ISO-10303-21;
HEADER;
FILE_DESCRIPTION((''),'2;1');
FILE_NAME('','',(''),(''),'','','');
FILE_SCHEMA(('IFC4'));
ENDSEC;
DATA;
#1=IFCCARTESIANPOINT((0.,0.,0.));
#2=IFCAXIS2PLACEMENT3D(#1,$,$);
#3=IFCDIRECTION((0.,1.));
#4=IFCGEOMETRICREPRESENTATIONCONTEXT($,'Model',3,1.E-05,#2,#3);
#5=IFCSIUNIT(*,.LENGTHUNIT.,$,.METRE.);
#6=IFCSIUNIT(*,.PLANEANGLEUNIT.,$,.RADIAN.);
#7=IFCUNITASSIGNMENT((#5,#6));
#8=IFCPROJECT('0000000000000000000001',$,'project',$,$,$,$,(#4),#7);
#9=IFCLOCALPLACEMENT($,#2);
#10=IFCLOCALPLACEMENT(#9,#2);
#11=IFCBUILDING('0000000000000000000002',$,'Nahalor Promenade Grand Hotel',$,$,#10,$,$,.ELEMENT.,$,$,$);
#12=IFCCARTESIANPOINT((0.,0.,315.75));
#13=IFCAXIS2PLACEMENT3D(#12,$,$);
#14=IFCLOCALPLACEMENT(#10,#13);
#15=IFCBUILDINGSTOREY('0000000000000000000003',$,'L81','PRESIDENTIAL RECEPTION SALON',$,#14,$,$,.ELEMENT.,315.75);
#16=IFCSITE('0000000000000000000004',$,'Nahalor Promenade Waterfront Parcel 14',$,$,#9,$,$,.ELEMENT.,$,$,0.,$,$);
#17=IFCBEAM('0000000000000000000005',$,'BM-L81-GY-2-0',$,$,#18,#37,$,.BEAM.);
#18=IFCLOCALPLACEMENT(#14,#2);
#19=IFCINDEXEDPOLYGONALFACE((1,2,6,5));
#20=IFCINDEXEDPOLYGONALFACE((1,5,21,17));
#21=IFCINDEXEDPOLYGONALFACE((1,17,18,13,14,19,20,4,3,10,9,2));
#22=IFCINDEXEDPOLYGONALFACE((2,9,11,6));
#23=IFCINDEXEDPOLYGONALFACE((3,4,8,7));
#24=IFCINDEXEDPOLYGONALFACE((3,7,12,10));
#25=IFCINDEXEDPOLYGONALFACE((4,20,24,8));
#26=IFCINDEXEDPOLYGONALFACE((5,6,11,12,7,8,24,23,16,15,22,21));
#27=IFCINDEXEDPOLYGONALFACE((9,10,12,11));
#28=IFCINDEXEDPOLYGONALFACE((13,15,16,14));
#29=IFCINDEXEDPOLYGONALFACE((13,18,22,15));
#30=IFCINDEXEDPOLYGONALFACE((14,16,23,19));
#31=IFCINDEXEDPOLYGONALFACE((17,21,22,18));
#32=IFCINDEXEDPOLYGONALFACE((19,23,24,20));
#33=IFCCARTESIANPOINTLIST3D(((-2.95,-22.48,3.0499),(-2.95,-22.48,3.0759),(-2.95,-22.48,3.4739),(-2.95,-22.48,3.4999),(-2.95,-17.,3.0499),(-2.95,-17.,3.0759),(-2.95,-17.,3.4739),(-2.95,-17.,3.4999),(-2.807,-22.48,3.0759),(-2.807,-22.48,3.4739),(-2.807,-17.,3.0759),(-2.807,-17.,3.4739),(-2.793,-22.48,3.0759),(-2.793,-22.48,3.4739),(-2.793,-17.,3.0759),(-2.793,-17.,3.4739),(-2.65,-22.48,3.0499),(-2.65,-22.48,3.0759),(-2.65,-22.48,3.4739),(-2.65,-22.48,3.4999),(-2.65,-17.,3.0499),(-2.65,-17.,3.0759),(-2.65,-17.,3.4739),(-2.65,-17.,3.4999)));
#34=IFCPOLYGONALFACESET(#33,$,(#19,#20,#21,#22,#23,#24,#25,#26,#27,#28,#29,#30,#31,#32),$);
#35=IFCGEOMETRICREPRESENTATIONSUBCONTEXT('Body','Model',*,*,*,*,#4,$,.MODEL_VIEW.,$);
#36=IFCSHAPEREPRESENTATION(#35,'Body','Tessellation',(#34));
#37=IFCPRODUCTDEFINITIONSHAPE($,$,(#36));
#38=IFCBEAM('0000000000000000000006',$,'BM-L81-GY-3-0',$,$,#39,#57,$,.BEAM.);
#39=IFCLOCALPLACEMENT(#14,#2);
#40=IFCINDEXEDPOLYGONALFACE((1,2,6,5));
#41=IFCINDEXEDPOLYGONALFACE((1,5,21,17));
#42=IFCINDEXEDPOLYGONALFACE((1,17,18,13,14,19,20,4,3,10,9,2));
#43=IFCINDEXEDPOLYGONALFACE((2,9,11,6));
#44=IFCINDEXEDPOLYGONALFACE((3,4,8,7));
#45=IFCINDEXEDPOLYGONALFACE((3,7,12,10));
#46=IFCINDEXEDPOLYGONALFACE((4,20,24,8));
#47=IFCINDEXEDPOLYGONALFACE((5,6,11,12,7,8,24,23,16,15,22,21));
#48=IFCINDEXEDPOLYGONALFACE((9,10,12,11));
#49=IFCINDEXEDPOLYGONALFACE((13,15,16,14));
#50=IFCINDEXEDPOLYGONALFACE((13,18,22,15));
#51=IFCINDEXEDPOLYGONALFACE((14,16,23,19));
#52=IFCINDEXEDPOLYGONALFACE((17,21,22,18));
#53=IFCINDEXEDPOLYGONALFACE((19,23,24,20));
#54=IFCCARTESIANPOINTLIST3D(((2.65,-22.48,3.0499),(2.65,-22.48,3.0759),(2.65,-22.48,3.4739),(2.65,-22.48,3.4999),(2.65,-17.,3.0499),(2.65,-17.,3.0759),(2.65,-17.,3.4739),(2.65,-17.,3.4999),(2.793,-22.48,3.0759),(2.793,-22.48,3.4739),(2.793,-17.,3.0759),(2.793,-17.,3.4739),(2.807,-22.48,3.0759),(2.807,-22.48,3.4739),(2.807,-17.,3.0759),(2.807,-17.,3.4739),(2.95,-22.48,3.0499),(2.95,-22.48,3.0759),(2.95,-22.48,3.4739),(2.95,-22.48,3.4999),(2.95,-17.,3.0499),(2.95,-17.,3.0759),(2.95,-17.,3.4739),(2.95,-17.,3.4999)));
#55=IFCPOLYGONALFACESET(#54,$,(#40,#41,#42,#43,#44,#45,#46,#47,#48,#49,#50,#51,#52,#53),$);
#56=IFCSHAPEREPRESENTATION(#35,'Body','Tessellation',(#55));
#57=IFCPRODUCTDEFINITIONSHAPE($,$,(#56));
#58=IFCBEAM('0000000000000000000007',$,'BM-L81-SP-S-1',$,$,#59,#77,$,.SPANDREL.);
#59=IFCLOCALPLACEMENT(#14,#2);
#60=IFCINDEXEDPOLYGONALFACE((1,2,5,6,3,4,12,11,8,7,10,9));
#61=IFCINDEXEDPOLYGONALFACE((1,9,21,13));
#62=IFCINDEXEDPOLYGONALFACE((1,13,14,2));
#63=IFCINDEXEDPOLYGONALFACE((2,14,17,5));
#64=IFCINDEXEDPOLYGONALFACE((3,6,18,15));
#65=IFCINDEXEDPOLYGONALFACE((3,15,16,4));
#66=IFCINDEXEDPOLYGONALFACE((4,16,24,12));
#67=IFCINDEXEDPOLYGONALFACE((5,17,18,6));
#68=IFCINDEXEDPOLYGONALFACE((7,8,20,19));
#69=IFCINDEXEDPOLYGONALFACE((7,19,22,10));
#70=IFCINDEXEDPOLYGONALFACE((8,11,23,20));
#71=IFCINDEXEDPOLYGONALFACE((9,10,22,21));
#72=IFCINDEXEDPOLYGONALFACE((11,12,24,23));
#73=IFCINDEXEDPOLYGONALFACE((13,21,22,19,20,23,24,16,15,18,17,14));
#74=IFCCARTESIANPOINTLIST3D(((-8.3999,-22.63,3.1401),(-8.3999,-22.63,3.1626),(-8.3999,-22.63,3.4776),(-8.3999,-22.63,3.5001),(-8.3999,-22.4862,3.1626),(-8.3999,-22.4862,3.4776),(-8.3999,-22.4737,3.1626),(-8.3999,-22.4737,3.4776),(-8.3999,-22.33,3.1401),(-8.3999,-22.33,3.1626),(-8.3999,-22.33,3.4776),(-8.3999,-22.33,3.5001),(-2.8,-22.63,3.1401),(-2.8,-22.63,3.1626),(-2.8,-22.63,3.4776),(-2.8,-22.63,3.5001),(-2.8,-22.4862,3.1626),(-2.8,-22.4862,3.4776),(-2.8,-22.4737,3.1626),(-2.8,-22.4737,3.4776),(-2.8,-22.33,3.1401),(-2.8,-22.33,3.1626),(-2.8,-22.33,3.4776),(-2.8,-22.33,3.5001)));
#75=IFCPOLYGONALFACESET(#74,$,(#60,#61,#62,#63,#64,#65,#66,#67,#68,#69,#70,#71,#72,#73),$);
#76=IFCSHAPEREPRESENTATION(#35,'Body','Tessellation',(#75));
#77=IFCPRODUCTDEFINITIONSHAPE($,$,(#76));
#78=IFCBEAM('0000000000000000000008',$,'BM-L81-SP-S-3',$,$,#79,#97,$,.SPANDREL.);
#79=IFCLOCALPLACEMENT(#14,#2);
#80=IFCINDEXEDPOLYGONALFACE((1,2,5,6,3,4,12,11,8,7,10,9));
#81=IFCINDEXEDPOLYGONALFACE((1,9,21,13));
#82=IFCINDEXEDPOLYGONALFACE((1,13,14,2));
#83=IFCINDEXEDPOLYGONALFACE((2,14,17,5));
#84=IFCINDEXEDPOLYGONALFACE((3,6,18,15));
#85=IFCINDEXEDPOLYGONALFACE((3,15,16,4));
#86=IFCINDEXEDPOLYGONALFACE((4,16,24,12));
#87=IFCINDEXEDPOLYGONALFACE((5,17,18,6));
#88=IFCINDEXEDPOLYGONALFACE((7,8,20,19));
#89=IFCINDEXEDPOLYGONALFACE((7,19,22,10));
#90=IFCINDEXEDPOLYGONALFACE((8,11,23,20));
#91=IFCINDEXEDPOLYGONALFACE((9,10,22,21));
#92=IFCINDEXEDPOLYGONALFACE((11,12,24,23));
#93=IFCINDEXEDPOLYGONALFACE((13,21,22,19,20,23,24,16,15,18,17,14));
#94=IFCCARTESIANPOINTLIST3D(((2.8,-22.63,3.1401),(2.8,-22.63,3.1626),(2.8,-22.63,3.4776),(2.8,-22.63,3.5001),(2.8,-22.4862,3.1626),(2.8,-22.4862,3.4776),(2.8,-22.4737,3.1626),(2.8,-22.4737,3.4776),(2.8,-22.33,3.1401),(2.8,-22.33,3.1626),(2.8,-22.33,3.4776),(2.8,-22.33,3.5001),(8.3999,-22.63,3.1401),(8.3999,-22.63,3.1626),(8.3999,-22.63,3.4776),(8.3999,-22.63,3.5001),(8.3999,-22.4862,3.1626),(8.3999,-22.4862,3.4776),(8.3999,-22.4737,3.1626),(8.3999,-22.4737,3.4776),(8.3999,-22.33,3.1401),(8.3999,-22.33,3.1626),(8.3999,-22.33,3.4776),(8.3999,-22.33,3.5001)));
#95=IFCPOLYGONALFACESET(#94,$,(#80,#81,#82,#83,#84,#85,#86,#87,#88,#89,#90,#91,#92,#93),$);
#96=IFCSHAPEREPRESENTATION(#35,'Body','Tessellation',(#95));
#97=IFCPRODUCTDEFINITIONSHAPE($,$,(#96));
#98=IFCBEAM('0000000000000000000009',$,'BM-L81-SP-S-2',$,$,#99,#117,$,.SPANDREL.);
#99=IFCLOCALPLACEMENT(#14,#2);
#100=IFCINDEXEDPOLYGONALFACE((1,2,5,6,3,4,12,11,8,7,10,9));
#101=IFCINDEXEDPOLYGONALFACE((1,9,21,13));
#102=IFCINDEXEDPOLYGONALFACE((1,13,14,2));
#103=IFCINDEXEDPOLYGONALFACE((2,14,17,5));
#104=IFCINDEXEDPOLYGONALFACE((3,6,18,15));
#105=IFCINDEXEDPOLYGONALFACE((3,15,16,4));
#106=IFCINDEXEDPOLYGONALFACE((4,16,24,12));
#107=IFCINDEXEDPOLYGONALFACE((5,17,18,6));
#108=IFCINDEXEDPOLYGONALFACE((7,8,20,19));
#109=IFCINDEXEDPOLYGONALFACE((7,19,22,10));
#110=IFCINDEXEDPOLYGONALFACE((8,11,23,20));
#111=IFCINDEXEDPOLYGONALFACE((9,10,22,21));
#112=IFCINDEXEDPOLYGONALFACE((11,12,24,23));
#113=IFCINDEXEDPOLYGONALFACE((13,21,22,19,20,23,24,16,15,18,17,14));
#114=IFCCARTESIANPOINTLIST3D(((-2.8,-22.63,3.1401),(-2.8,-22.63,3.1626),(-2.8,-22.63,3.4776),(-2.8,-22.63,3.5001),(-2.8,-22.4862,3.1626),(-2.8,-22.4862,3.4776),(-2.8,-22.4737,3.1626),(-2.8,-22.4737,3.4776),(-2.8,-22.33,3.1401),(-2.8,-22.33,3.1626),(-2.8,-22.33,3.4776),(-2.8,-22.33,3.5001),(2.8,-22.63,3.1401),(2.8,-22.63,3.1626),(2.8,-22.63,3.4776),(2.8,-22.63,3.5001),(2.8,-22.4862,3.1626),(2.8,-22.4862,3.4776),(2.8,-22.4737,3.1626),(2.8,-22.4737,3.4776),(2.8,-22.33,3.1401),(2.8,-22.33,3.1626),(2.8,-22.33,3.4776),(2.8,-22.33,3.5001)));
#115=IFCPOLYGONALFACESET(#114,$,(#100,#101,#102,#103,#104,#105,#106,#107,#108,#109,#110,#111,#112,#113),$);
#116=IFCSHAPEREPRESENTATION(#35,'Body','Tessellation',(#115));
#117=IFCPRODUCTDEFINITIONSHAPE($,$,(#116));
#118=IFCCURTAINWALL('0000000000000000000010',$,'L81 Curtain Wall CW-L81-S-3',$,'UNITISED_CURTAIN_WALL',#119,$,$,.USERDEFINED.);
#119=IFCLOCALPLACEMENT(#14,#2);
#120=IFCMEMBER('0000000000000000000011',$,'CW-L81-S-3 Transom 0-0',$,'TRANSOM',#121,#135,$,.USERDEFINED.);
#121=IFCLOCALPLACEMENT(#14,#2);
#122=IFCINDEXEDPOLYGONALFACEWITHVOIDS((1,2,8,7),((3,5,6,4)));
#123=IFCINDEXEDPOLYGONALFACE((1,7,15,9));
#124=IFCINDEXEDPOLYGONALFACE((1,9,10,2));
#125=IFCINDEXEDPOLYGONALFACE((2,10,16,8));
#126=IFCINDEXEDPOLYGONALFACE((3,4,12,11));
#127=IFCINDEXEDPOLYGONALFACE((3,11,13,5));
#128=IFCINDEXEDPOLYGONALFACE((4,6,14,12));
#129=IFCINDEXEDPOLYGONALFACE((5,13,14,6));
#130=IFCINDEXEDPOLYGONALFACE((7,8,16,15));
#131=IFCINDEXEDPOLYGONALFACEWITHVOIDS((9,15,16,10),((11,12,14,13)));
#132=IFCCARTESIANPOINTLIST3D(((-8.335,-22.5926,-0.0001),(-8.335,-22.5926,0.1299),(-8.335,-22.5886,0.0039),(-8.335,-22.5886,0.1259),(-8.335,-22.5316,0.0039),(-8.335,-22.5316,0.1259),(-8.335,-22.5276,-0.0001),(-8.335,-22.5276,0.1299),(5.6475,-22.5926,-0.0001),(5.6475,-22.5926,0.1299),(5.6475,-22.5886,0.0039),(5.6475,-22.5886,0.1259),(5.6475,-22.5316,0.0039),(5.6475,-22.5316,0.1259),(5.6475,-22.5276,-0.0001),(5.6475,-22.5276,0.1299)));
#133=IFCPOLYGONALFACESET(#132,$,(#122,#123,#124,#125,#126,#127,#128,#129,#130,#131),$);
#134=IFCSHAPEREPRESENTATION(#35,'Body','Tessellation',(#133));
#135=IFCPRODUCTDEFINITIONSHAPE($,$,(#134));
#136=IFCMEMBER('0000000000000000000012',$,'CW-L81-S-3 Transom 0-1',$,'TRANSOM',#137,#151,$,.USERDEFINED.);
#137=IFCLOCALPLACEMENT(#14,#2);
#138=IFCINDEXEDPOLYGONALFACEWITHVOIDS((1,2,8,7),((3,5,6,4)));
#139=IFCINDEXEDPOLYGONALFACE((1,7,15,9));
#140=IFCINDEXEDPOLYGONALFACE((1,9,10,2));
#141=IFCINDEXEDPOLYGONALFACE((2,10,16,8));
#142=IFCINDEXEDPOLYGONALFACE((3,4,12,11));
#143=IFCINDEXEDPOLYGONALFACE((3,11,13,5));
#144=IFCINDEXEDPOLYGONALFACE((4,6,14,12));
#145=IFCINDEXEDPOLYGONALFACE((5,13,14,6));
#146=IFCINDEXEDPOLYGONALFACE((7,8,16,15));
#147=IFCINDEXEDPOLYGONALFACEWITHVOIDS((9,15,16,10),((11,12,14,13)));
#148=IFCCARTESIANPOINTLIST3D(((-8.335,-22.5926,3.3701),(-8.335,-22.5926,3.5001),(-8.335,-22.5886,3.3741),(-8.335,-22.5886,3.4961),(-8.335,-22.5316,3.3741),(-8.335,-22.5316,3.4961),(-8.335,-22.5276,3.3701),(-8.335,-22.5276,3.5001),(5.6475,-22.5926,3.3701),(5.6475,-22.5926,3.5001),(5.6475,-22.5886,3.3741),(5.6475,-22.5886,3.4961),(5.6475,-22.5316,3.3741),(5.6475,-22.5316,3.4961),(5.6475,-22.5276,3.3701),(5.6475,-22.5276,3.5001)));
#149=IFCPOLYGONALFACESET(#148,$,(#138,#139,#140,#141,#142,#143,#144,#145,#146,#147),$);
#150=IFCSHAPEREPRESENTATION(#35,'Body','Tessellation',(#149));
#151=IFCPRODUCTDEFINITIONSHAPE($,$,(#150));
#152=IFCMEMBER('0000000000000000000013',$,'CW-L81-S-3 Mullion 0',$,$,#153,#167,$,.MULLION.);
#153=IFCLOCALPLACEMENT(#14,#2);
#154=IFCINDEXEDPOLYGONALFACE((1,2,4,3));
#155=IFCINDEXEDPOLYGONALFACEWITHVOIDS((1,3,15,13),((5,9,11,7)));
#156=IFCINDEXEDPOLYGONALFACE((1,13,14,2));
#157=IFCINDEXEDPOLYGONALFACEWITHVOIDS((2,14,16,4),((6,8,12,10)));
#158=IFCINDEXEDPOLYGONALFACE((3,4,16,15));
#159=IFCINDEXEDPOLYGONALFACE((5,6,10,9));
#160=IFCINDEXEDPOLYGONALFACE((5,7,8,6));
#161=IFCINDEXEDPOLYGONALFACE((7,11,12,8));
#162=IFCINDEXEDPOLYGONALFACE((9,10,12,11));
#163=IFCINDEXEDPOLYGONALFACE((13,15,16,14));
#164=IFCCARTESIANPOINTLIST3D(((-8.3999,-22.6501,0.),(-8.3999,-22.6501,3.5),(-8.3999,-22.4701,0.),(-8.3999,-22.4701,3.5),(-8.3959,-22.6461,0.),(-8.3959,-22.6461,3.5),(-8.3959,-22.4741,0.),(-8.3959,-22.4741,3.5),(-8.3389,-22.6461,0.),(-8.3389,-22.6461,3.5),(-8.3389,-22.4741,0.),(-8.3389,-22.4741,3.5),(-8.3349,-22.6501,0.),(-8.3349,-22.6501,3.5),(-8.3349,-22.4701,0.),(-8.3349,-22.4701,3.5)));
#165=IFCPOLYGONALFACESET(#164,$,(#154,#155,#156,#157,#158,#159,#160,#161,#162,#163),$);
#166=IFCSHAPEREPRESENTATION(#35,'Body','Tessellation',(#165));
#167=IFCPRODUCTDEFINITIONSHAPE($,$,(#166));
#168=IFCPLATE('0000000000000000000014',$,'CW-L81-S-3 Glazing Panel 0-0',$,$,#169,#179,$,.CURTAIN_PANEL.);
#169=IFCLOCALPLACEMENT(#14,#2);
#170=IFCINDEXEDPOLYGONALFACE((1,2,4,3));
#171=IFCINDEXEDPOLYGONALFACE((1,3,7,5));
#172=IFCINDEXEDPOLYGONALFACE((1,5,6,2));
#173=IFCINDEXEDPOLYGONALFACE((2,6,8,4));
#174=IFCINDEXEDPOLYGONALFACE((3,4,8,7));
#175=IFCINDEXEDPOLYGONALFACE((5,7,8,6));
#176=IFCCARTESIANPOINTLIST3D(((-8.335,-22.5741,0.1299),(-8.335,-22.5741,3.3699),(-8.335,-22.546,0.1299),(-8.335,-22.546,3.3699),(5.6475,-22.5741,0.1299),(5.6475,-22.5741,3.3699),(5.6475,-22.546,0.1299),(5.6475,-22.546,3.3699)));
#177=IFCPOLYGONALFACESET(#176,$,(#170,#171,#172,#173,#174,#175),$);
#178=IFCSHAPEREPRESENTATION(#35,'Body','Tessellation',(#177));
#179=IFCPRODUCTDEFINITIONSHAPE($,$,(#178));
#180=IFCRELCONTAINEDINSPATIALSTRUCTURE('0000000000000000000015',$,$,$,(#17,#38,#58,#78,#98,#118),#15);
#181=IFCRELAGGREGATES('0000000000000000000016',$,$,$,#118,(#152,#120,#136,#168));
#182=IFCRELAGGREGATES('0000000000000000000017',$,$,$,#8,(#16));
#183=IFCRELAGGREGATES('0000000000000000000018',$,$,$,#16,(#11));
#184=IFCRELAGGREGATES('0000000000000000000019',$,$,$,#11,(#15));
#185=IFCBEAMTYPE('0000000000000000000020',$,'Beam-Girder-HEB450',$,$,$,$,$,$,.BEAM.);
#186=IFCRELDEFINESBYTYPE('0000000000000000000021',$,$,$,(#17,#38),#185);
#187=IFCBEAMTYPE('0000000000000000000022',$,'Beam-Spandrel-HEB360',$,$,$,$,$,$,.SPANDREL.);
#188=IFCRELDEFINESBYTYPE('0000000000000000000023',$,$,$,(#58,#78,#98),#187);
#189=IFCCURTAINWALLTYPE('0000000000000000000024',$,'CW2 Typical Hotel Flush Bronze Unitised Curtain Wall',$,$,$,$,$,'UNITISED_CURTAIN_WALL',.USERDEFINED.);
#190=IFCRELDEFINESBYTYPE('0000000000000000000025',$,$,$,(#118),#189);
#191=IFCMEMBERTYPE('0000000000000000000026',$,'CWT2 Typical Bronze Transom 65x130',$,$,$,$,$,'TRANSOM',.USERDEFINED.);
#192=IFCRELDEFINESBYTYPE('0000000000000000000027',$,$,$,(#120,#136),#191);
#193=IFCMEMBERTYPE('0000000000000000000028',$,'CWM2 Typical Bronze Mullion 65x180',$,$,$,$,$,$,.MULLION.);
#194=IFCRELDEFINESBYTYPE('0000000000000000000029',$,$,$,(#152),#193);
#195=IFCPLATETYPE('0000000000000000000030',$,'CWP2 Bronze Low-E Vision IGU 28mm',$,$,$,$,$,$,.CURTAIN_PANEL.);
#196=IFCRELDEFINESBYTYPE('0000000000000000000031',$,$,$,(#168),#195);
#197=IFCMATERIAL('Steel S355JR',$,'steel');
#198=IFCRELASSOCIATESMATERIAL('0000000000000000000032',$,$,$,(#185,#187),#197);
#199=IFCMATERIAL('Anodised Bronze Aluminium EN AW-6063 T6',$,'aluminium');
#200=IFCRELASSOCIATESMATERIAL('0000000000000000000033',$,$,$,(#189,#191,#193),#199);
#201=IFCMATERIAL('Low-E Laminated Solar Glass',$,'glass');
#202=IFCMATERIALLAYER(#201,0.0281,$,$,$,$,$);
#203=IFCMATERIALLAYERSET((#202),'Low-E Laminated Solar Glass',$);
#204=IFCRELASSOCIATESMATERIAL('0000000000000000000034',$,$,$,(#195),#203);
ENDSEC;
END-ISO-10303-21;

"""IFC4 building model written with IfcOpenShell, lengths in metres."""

from ifc_helpers import new_model, si_unit, direction, frame, origin, origin_2d, place, context, subcontext, project, spatial, rectangle, hollow_rectangle, i_section, extrude, source, transform, mapped, material, layer, layer_set, material_profile, profile_set, type_object, element, aggregate, save


model = new_model("IFC4")

# Units and contexts
model_context = context("Model", 3, precision=1e-05, world=origin(), true_north=direction((0.0, 1.0)))
body_context = subcontext(model_context, "Body", "Model", "MODEL_VIEW")
ifc_project = project(units=[si_unit("LENGTHUNIT", "METRE"), si_unit("PLANEANGLEUNIT", "RADIAN")], contexts=[model_context])

# Site, building, storey
site_placement = place(None, origin())
site = spatial("IfcSite", under=ifc_project, at=site_placement, Name="Nahalor Promenade Waterfront Parcel 14", CompositionType="ELEMENT", RefElevation=0.0)
building_placement = place(site_placement, origin())
building = spatial("IfcBuilding", under=site, at=building_placement, Name="Nahalor Promenade Grand Hotel", CompositionType="ELEMENT")
storey_placement = place(building_placement, frame((0.0, 0.0, 315.75)))
storey = spatial("IfcBuildingStorey", under=building, at=storey_placement, Name="L81", Description="PRESIDENTIAL RECEPTION SALON", CompositionType="ELEMENT", Elevation=315.75)

# Shared definitions
ifc_material_1 = material(Name="Steel S355JR", Category="steel")

# Beams
ifc_material_profile_1 = material_profile(ifc_material_1, i_section(OverallWidth=0.3, OverallDepth=0.45, WebThickness=0.014, FlangeThickness=0.026, at=origin_2d()), Name="HEB 450")
ifc_profile_set_1 = profile_set([ifc_material_profile_1], Name="Steel S355JR")
beam_type_1 = type_object("IfcBeamType", Name="Beam-Girder-HEB450", PredefinedType="BEAM", material=ifc_profile_set_1)
shared_shape_1 = source(origin(), body_context, "Body", "SweptSolid", [
    extrude(i_section(OverallWidth=0.3, OverallDepth=0.45, WebThickness=0.014, FlangeThickness=0.026, at=origin_2d()), origin(), (0.0, 0.0, 1.0), 5.48),
])
for number, where, z_axis, x_axis, name in (
    (1, (-2.8, -22.48, 3.2749), (0.0, 1.0, 0.0), (-1.0, 0.0, 0.0), "BM-L81-GY-2-0"),
    (2, (2.8, -22.48, 3.2749), (0.0, 1.0, 0.0), (-1.0, 0.0, 0.0), "BM-L81-GY-3-0"),
):
    element("IfcBeam", number, at=place(storey_placement, frame(where, z_axis=z_axis, x_axis=x_axis)), inside=storey, type_object=beam_type_1, Name=name, PredefinedType="BEAM", context=body_context, shape_type="MappedRepresentation", body=[
        mapped(shared_shape_1, transform((0.0, 0.0, 0.0), scale=1.0)),
    ])
ifc_material_profile_2 = material_profile(ifc_material_1, i_section(OverallWidth=0.3, OverallDepth=0.36, WebThickness=0.0125, FlangeThickness=0.0225, at=origin_2d()), Name="HEB 360")
ifc_profile_set_2 = profile_set([ifc_material_profile_2], Name="Steel S355JR")
beam_type_2 = type_object("IfcBeamType", Name="Beam-Spandrel-HEB360", PredefinedType="SPANDREL", material=ifc_profile_set_2)
shared_shape_2 = source(origin(), body_context, "Body", "SweptSolid", [
    extrude(i_section(OverallWidth=0.3, OverallDepth=0.36, WebThickness=0.0125, FlangeThickness=0.0225, at=origin_2d()), origin(), (0.0, 0.0, 1.0), 5.5999),
])
for number, where, z_axis, x_axis, name in (
    (3, (-8.3999, -22.48, 3.3201), (1.0, 0.0, 0.0), (0.0, 1.0, 0.0), "BM-L81-SP-S-1"),
    (4, (2.8, -22.48, 3.3201), (1.0, 0.0, 0.0), (0.0, 1.0, 0.0), "BM-L81-SP-S-3"),
):
    element("IfcBeam", number, at=place(storey_placement, frame(where, z_axis=z_axis, x_axis=x_axis)), inside=storey, type_object=beam_type_2, Name=name, PredefinedType="SPANDREL", context=body_context, shape_type="MappedRepresentation", body=[
        mapped(shared_shape_2, transform((0.0, 0.0, 0.0), scale=1.0)),
    ])
shared_shape_3 = source(origin(), body_context, "Body", "SweptSolid", [
    extrude(i_section(OverallWidth=0.3, OverallDepth=0.36, WebThickness=0.0125, FlangeThickness=0.0225, at=origin_2d()), origin(), (0.0, 0.0, 1.0), 5.6001),
])
beam_1_placement = place(storey_placement, frame((-2.8, -22.48, 3.3201), z_axis=(1.0, 0.0, 0.0), x_axis=(0.0, 1.0, 0.0)))
element("IfcBeam", 5, at=beam_1_placement, inside=storey, type_object=beam_type_2, Name="BM-L81-SP-S-2", PredefinedType="SPANDREL", context=body_context, shape_type="MappedRepresentation", body=[
    mapped(shared_shape_3, transform((0.0, 0.0, 0.0), scale=1.0)),
])

# Curtain wall, members, plate
ifc_material_2 = material(Name="Anodised Bronze Aluminium EN AW-6063 T6", Category="aluminium")
curtain_wall_type = type_object("IfcCurtainWallType", Name="CW2 Typical Hotel Flush Bronze Unitised Curtain Wall", ElementType="UNITISED_CURTAIN_WALL", PredefinedType="USERDEFINED", material=ifc_material_2)
curtain_wall_placement = place(storey_placement, origin())
curtain_wall = element("IfcCurtainWall", 6, at=curtain_wall_placement, inside=storey, type_object=curtain_wall_type, Name="L81 Curtain Wall CW-L81-S-3", ObjectType="UNITISED_CURTAIN_WALL", PredefinedType="USERDEFINED")
ifc_material_profile_3 = material_profile(ifc_material_2, hollow_rectangle(XDim=0.065, YDim=0.13, WallThickness=0.004, at=origin_2d()), Name="CWT 65x130x4")
ifc_profile_set_3 = profile_set([ifc_material_profile_3], Name="Anodised Bronze Aluminium EN AW-6063 T6")
member_type_1 = type_object("IfcMemberType", Name="CWT2 Typical Bronze Transom 65x130", ElementType="TRANSOM", PredefinedType="USERDEFINED", material=ifc_profile_set_3)
shared_shape_4 = source(origin(), body_context, "Body", "SweptSolid", [
    extrude(hollow_rectangle(XDim=0.065, YDim=0.13, WallThickness=0.004, at=origin_2d()), origin(), (0.0, 0.0, 1.0), 13.9824),
])
member_1_placement = place(storey_placement, frame((-8.335, -22.5601, 0.0649), z_axis=(1.0, 0.0, 0.0), x_axis=(0.0, 1.0, 0.0)))
member_1 = element("IfcMember", 7, at=member_1_placement, type_object=member_type_1, Name="CW-L81-S-3 Transom 0-0", ObjectType="TRANSOM", PredefinedType="USERDEFINED", context=body_context, shape_type="MappedRepresentation", body=[
    mapped(shared_shape_4, transform((0.0, 0.0, 0.0), scale=1.0)),
])
member_2_placement = place(storey_placement, frame((-8.335, -22.5601, 3.4351), z_axis=(1.0, 0.0, 0.0), x_axis=(0.0, 1.0, 0.0)))
member_2 = element("IfcMember", 8, at=member_2_placement, type_object=member_type_1, Name="CW-L81-S-3 Transom 0-1", ObjectType="TRANSOM", PredefinedType="USERDEFINED", context=body_context, shape_type="MappedRepresentation", body=[
    mapped(shared_shape_4, transform((0.0, 0.0, 0.0), scale=1.0)),
])
ifc_material_profile_4 = material_profile(ifc_material_2, hollow_rectangle(XDim=0.065, YDim=0.18, WallThickness=0.004, at=origin_2d()), Name="CWM 65x180x4")
ifc_profile_set_4 = profile_set([ifc_material_profile_4], Name="Anodised Bronze Aluminium EN AW-6063 T6")
member_type_2 = type_object("IfcMemberType", Name="CWM2 Typical Bronze Mullion 65x180", PredefinedType="MULLION", material=ifc_profile_set_4)
shared_shape_5 = source(origin(), body_context, "Body", "SweptSolid", [
    extrude(hollow_rectangle(XDim=0.065, YDim=0.18, WallThickness=0.004, at=origin_2d()), origin(), (0.0, 0.0, 1.0), 3.5),
])
member_3_placement = place(storey_placement, frame((-8.3674, -22.5601, 0.0), z_axis=(0.0, 0.0, 1.0), x_axis=(1.0, 0.0, 0.0)))
member_3 = element("IfcMember", 9, at=member_3_placement, type_object=member_type_2, Name="CW-L81-S-3 Mullion 0", PredefinedType="MULLION", context=body_context, shape_type="MappedRepresentation", body=[
    mapped(shared_shape_5, transform((0.0, 0.0, 0.0), scale=1.0)),
])
ifc_material_3 = material(Name="Low-E Laminated Solar Glass", Category="glass")
ifc_layer_1 = layer(ifc_material_3, 0.0281)
ifc_layer_set_1 = layer_set([ifc_layer_1], Name="Low-E Laminated Solar Glass")
plate_type = type_object("IfcPlateType", Name="CWP2 Bronze Low-E Vision IGU 28mm", PredefinedType="CURTAIN_PANEL", material=ifc_layer_set_1)
shared_shape_6 = source(origin(), body_context, "Body", "SweptSolid", [
    extrude(rectangle(XDim=13.9824, YDim=0.0281, at=origin_2d()), origin(), (0.0, 0.0, 1.0), 3.24),
])
plate_placement = place(storey_placement, frame((-1.3438, -22.5601, 0.1299), z_axis=(0.0, 0.0, 1.0), x_axis=(1.0, 0.0, 0.0)))
plate = element("IfcPlate", 10, at=plate_placement, type_object=plate_type, Name="CW-L81-S-3 Glazing Panel 0-0", PredefinedType="CURTAIN_PANEL", context=body_context, shape_type="MappedRepresentation", body=[
    mapped(shared_shape_6, transform((0.0, 0.0, 0.0), scale=1.0)),
])
aggregate(curtain_wall, [member_3, member_1, member_2, plate])

save(model, "model.ifc")
